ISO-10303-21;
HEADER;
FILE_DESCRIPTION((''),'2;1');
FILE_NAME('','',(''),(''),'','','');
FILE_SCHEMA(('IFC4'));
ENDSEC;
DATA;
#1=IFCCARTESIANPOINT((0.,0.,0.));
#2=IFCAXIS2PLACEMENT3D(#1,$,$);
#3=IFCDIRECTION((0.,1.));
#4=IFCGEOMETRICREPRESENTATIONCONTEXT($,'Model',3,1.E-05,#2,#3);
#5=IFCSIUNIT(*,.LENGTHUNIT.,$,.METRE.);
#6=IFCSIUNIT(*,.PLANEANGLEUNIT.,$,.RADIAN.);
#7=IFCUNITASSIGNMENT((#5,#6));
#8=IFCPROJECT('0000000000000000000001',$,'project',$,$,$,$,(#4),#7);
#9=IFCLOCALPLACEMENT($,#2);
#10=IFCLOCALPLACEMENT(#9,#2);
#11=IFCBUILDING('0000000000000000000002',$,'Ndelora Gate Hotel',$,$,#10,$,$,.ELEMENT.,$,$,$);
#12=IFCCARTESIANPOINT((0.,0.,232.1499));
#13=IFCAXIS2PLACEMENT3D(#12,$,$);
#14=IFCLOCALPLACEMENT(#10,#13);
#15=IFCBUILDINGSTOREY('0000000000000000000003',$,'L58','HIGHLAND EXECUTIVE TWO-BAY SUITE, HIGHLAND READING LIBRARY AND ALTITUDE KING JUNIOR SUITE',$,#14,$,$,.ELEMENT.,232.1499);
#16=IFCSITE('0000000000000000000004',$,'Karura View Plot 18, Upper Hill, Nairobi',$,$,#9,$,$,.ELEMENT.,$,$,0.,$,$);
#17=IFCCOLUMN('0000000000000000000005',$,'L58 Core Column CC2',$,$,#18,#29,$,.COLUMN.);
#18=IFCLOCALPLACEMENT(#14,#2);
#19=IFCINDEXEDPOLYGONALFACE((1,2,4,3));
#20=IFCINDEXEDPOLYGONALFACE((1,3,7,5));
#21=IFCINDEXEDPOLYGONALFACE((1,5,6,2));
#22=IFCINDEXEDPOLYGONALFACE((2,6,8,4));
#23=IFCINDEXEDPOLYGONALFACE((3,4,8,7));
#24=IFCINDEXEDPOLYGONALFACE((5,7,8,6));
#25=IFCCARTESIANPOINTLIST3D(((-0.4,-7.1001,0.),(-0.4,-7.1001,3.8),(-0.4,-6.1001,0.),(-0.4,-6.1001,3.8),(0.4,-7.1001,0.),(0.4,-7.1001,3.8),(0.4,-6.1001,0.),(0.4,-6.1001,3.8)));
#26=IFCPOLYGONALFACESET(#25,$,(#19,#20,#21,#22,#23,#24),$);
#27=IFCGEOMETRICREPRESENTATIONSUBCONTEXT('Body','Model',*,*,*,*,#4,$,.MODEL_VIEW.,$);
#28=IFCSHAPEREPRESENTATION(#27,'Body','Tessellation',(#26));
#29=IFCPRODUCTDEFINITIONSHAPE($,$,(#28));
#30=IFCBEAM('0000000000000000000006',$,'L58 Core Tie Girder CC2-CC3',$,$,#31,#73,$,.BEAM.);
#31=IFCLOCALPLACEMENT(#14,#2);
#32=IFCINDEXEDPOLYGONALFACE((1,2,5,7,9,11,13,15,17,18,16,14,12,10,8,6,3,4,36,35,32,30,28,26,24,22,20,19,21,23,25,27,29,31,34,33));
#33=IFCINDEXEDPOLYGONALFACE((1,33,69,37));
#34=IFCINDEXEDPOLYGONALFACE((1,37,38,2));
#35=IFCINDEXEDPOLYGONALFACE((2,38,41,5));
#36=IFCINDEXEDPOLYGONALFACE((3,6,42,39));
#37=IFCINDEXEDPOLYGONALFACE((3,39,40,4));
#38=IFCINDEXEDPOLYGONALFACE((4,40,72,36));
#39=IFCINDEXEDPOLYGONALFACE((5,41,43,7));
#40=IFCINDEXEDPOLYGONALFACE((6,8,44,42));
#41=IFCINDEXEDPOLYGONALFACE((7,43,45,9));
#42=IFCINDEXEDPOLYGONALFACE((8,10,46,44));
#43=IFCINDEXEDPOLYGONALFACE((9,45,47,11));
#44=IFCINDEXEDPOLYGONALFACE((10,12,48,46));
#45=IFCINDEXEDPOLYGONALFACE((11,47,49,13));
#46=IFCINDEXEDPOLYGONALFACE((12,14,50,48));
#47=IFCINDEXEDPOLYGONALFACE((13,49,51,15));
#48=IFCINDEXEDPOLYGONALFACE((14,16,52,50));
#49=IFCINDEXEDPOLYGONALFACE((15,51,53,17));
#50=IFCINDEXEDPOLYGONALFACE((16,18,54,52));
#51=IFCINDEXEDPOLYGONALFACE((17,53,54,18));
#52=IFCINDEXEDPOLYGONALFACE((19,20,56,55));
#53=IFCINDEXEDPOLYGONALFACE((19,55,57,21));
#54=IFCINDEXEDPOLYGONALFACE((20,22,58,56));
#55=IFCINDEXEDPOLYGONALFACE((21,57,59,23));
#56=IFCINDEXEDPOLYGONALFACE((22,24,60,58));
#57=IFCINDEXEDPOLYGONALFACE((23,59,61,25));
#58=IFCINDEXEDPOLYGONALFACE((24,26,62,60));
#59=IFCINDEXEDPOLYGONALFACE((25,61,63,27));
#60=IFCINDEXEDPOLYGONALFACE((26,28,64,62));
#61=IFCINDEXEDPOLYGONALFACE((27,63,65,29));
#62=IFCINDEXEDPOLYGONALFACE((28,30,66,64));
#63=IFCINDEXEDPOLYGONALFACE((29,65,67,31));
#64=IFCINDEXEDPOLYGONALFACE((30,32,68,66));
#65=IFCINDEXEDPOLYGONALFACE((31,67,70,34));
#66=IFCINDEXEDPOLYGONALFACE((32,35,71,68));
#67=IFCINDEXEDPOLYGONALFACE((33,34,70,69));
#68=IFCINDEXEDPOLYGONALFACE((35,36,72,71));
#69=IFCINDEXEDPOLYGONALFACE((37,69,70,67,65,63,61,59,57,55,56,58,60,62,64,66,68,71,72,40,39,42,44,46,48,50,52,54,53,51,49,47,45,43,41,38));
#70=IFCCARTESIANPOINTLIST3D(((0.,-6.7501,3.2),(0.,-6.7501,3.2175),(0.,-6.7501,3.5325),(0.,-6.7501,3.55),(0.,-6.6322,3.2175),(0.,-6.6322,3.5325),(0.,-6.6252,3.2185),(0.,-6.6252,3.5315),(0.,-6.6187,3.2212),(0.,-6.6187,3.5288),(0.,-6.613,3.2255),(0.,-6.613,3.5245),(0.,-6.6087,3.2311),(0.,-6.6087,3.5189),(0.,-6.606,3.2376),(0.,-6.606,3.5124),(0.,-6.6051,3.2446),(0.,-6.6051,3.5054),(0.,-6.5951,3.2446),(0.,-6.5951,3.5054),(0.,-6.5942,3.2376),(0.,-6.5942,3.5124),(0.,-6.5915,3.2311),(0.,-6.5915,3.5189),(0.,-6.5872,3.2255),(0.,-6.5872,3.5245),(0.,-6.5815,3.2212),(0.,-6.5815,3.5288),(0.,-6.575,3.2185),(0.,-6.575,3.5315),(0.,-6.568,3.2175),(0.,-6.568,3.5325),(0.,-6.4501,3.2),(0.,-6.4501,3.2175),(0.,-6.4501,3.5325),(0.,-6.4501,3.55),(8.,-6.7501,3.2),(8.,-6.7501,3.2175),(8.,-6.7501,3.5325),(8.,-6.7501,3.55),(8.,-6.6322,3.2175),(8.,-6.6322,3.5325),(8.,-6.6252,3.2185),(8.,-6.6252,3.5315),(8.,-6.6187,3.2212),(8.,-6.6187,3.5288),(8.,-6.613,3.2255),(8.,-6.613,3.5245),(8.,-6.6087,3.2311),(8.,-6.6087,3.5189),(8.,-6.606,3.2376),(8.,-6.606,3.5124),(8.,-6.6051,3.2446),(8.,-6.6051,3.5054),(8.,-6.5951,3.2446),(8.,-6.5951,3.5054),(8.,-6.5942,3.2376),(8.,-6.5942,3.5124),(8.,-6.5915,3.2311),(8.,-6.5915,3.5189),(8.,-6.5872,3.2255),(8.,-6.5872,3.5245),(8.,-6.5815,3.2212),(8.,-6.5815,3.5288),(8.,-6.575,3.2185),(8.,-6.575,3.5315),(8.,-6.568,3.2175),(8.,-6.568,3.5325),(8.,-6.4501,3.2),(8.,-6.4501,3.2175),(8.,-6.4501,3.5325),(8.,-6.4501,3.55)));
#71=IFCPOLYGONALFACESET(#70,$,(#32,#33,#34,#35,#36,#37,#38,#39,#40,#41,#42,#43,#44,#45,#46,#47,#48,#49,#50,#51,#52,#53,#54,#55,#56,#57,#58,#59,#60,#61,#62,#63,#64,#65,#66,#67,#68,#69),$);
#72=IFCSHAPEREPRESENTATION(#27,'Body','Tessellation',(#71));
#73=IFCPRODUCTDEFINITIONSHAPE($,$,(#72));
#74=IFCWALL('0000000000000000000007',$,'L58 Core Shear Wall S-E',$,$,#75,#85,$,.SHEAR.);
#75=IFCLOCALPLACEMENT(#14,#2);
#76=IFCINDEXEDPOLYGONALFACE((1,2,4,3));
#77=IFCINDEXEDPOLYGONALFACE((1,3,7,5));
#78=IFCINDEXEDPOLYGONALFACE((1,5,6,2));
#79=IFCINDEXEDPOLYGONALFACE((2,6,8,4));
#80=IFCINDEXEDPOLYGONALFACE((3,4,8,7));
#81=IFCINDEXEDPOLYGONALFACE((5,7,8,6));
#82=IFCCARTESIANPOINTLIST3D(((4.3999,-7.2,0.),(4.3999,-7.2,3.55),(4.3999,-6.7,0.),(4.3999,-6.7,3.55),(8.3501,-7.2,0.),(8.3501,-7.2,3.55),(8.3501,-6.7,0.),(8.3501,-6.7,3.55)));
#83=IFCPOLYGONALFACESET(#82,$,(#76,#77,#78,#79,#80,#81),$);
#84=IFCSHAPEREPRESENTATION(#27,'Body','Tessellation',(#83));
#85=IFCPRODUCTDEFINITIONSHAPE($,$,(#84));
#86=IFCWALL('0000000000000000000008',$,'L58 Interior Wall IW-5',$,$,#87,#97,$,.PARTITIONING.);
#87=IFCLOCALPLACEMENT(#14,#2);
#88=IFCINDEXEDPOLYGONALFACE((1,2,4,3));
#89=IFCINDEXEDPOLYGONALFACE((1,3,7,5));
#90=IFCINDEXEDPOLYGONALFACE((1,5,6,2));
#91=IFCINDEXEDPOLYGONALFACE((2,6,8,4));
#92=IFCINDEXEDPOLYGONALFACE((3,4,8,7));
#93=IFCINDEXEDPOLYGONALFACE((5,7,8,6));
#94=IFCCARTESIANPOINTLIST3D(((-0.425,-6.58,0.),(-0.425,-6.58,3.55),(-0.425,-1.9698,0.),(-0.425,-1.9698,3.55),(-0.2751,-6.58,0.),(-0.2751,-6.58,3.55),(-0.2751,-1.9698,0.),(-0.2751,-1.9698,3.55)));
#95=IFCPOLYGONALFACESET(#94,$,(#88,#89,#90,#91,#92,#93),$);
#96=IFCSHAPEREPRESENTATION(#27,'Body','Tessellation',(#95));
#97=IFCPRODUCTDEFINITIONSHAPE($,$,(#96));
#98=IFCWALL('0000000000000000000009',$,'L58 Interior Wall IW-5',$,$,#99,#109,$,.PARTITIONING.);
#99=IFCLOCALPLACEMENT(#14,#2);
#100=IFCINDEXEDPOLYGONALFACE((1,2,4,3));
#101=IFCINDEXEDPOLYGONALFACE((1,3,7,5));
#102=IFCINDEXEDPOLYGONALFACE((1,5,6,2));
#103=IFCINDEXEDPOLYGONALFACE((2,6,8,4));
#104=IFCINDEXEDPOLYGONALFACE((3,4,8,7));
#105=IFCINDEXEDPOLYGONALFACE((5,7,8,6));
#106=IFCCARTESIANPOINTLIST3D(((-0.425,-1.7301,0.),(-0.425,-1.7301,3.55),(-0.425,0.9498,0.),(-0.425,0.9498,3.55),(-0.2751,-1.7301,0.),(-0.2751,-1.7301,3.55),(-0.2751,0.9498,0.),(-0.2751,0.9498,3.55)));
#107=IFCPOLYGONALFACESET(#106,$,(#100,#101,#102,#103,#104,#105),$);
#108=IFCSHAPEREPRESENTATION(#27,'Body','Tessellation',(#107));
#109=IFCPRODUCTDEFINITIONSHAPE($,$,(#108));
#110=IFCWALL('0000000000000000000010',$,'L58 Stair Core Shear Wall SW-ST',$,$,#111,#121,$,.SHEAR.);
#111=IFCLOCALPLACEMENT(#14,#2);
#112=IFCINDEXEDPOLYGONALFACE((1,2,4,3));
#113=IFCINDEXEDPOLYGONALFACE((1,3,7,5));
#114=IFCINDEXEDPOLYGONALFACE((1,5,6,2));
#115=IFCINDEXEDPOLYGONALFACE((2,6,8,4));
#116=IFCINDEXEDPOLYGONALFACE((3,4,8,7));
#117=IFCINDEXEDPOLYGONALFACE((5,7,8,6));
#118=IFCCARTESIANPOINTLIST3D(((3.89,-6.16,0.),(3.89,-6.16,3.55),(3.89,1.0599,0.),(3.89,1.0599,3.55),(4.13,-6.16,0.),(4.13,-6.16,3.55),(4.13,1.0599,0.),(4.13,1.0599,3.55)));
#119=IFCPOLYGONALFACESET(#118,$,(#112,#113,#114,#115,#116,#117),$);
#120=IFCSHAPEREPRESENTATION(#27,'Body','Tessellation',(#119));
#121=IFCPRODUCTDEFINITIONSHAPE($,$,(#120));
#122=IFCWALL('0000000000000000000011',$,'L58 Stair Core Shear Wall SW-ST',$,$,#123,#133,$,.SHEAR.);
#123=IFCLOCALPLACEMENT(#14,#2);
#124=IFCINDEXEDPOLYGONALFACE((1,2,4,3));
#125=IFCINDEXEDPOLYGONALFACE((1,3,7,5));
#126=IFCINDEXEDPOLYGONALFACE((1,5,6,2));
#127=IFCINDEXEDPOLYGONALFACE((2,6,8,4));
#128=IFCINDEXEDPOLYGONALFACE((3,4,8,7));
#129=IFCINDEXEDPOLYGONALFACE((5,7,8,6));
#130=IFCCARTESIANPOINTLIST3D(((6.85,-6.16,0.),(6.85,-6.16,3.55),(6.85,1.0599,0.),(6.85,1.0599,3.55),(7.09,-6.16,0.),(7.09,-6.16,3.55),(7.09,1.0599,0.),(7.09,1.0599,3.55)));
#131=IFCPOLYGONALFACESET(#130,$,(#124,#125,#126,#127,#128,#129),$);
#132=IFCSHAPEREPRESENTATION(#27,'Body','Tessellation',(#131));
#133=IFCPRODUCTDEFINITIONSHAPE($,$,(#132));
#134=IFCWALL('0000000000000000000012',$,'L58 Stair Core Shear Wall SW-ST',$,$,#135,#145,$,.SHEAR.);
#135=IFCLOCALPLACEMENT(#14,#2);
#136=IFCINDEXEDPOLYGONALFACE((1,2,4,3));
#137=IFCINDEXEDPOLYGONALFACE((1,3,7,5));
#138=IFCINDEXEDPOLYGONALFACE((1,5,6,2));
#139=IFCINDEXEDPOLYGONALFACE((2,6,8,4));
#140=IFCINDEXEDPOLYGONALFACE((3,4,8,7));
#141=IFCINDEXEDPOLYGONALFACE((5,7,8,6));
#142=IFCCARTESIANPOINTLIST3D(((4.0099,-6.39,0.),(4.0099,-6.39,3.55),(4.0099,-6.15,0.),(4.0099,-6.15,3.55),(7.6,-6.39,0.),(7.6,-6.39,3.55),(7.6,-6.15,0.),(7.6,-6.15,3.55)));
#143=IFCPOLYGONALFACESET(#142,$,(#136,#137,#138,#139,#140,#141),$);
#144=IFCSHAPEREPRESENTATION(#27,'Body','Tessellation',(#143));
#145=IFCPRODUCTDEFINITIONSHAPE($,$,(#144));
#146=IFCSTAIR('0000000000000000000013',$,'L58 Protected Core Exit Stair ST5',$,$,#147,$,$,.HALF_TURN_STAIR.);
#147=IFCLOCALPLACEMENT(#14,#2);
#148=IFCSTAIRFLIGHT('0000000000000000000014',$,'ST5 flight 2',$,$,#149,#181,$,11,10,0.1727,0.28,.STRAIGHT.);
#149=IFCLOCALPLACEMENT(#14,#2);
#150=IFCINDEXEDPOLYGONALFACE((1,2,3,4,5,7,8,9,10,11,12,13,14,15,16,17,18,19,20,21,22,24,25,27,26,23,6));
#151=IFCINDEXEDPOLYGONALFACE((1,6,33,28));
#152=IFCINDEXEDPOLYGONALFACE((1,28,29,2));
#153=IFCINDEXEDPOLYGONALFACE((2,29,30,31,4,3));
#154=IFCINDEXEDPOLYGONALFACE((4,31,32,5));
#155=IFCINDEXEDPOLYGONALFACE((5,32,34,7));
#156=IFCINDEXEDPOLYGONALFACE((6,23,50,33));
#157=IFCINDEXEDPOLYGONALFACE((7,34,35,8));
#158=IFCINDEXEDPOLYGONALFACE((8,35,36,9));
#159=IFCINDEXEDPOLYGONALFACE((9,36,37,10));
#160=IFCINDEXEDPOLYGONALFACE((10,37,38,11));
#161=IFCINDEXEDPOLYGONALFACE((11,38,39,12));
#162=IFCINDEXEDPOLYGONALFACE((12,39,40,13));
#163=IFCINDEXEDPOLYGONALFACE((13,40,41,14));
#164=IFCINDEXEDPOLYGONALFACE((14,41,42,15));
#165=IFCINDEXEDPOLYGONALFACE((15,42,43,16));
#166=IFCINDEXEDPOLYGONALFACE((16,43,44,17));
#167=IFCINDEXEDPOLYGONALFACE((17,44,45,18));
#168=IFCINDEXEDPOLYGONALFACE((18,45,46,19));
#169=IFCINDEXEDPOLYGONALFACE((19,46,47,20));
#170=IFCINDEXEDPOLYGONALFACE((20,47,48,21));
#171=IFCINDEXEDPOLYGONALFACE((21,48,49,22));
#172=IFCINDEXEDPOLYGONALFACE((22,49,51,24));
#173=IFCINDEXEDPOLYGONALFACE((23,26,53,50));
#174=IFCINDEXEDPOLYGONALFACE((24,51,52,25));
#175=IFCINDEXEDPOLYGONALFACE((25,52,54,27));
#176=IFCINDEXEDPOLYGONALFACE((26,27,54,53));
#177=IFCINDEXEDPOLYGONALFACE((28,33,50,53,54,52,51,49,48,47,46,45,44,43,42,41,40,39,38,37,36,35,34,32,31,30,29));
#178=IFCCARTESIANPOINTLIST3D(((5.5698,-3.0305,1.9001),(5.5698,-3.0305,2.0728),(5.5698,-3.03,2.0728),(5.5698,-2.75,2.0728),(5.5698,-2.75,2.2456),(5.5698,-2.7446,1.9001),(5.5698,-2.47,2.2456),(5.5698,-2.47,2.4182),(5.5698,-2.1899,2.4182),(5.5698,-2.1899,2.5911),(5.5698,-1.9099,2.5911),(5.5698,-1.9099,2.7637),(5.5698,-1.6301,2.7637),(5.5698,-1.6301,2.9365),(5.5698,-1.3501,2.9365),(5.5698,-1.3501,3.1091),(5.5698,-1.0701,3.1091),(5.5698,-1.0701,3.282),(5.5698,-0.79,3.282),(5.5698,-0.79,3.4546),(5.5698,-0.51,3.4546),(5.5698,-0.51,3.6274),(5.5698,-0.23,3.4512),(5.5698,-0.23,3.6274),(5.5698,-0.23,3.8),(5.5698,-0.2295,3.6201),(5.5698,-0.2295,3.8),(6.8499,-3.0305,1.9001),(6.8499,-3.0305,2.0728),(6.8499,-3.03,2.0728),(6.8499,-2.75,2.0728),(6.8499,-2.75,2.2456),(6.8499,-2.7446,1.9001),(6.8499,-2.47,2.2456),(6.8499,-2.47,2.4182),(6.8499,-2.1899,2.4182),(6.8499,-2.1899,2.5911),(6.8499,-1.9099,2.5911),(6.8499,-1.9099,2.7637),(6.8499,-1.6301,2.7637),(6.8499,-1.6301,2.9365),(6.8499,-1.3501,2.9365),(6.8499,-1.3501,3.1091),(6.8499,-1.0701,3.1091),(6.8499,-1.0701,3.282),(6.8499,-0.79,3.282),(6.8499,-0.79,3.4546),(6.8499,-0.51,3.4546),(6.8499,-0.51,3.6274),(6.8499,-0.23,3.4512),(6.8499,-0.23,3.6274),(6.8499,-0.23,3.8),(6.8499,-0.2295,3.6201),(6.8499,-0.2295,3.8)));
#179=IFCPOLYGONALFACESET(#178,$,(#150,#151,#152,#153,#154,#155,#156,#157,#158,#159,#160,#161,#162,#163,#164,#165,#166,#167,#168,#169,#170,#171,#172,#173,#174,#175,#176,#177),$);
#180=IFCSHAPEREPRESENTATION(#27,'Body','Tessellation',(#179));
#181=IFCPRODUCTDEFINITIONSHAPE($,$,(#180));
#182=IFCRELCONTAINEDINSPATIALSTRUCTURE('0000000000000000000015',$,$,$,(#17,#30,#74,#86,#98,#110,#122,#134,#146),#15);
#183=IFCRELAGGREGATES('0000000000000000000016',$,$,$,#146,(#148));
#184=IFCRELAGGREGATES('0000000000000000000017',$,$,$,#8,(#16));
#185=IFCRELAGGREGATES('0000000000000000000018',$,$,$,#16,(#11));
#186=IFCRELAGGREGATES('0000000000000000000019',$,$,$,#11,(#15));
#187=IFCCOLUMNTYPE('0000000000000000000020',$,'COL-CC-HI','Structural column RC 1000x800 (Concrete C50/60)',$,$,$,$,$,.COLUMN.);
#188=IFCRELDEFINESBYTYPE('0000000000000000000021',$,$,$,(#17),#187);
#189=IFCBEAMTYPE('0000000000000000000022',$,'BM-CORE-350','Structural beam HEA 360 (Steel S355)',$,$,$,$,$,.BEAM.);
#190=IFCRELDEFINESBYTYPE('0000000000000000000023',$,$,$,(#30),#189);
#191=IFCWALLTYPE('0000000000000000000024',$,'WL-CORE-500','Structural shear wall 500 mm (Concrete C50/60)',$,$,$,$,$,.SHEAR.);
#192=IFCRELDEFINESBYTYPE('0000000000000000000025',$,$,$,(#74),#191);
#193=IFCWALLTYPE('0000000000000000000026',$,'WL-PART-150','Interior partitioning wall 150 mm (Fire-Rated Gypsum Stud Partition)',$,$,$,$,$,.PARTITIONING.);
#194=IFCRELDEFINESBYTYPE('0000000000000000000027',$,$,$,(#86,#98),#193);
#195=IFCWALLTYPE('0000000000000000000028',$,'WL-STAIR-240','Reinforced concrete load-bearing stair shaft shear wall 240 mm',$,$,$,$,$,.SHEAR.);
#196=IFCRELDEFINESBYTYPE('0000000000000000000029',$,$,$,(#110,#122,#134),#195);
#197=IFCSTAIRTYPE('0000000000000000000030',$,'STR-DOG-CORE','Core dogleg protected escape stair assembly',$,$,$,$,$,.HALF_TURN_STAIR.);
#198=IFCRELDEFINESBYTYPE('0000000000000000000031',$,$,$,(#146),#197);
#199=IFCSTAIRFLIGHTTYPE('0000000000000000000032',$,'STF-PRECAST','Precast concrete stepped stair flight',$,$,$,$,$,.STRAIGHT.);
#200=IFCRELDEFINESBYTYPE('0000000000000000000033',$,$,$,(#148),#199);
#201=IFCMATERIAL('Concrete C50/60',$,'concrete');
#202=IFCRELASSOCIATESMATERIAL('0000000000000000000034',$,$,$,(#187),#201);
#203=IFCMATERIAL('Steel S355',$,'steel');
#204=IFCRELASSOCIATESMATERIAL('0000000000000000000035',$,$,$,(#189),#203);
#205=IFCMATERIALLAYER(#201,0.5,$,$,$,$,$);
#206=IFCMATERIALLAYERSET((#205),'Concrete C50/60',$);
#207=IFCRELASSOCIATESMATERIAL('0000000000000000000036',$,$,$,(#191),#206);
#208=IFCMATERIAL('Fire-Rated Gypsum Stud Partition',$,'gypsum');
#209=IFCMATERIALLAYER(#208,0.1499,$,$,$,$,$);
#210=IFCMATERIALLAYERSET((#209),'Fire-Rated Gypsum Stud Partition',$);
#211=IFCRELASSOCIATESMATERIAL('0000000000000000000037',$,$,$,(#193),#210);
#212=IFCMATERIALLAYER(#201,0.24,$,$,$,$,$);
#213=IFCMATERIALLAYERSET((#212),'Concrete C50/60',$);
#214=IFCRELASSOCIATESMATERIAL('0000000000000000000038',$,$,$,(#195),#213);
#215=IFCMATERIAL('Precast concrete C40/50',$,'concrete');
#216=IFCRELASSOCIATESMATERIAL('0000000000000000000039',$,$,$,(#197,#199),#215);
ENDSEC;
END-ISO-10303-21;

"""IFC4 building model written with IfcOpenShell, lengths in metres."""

from ifc_helpers import new_model, si_unit, direction, frame, frame_2d, origin, origin_2d, place, context, subcontext, project, spatial, polyline, rectangle, i_section, outline, extrude, material, layer, layer_set, material_profile, profile_set, type_object, element, aggregate, save


model = new_model("IFC4")

# Units and contexts
model_context = context("Model", 3, precision=1e-05, world=origin(), true_north=direction((0.0, 1.0)))
body_context = subcontext(model_context, "Body", "Model", "MODEL_VIEW")
ifc_project = project(units=[si_unit("LENGTHUNIT", "METRE"), si_unit("PLANEANGLEUNIT", "RADIAN")], contexts=[model_context])

# Site, building, storey
site_placement = place(None, origin())
site = spatial("IfcSite", under=ifc_project, at=site_placement, Name="Karura View Plot 18, Upper Hill, Nairobi", CompositionType="ELEMENT", RefElevation=0.0)
building_placement = place(site_placement, origin())
building = spatial("IfcBuilding", under=site, at=building_placement, Name="Ndelora Gate Hotel", CompositionType="ELEMENT")
storey_placement = place(building_placement, frame((0.0, 0.0, 232.1499)))
storey = spatial("IfcBuildingStorey", under=building, at=storey_placement, Name="L58", Description="HIGHLAND EXECUTIVE TWO-BAY SUITE, HIGHLAND READING LIBRARY AND ALTITUDE KING JUNIOR SUITE", CompositionType="ELEMENT", Elevation=232.1499)

# Column
ifc_material_1 = material(Name="Concrete C50/60", Category="concrete")
ifc_material_profile_1 = material_profile(ifc_material_1, rectangle(XDim=0.8, YDim=1.0, at=origin_2d()), Name="RC 1000x800")
ifc_profile_set_1 = profile_set([ifc_material_profile_1], Name="Concrete C50/60")
column_type = type_object("IfcColumnType", Name="COL-CC-HI", Description="Structural column RC 1000x800 (Concrete C50/60)", PredefinedType="COLUMN", material=ifc_profile_set_1)
column_placement = place(storey_placement, frame((0.0, -6.6001, 0.0), z_axis=(0.0, 0.0, 1.0), x_axis=(1.0, 0.0, 0.0)))
element("IfcColumn", 1, at=column_placement, inside=storey, type_object=column_type, Name="L58 Core Column CC2", PredefinedType="COLUMN", context=body_context, shape_type="SweptSolid", body=[
    extrude(rectangle(XDim=0.8, YDim=1.0, at=origin_2d()), origin(), (0.0, 0.0, 1.0), 3.8),
])

# Beam
ifc_material_2 = material(Name="Steel S355", Category="steel")
ifc_material_profile_2 = material_profile(ifc_material_2, i_section(OverallWidth=0.3, OverallDepth=0.3501, WebThickness=0.01, FlangeThickness=0.0176, FilletRadius=0.0271, at=origin_2d()), Name="HEA 360")
ifc_profile_set_2 = profile_set([ifc_material_profile_2], Name="Steel S355")
beam_type = type_object("IfcBeamType", Name="BM-CORE-350", Description="Structural beam HEA 360 (Steel S355)", PredefinedType="BEAM", material=ifc_profile_set_2)
beam_placement = place(storey_placement, frame((0.0, -6.6001, 3.375), z_axis=(1.0, 0.0, 0.0), x_axis=(0.0, 1.0, 0.0)))
element("IfcBeam", 2, at=beam_placement, inside=storey, type_object=beam_type, Name="L58 Core Tie Girder CC2-CC3", PredefinedType="BEAM", context=body_context, shape_type="SweptSolid", body=[
    extrude(i_section(OverallWidth=0.3, OverallDepth=0.3501, WebThickness=0.01, FlangeThickness=0.0176, FilletRadius=0.0271, at=origin_2d()), origin(), (0.0, 0.0, 1.0), 8.0),
])

# Walls
ifc_layer_1 = layer(ifc_material_1, 0.5)
ifc_layer_set_1 = layer_set([ifc_layer_1], Name="Concrete C50/60")
wall_type_1 = type_object("IfcWallType", Name="WL-CORE-500", Description="Structural shear wall 500 mm (Concrete C50/60)", PredefinedType="SHEAR", material=ifc_layer_set_1)
wall_1_placement = place(storey_placement, frame((4.3999, -6.95, 0.0), z_axis=(0.0, 0.0, 1.0), x_axis=(1.0, 0.0, 0.0)))
element("IfcWall", 3, at=wall_1_placement, inside=storey, type_object=wall_type_1, Name="L58 Core Shear Wall S-E", PredefinedType="SHEAR", context=body_context, shape_type="SweptSolid", body=[
    extrude(rectangle(XDim=3.9502, YDim=0.5, at=frame_2d((1.9751, 0.0))), origin(), (0.0, 0.0, 1.0), 3.55),
])
ifc_material_3 = material(Name="Fire-Rated Gypsum Stud Partition", Category="gypsum")
ifc_layer_2 = layer(ifc_material_3, 0.1499)
ifc_layer_set_2 = layer_set([ifc_layer_2], Name="Fire-Rated Gypsum Stud Partition")
wall_type_2 = type_object("IfcWallType", Name="WL-PART-150", Description="Interior partitioning wall 150 mm (Fire-Rated Gypsum Stud Partition)", PredefinedType="PARTITIONING", material=ifc_layer_set_2)
wall_2_placement = place(storey_placement, frame((-0.3501, -6.5801, 0.0), z_axis=(0.0, 0.0, 1.0), x_axis=(0.0, 1.0, 0.0)))
element("IfcWall", 4, at=wall_2_placement, inside=storey, type_object=wall_type_2, Name="L58 Interior Wall IW-5", PredefinedType="PARTITIONING", context=body_context, shape_type="SweptSolid", body=[
    extrude(rectangle(XDim=4.6101, YDim=0.1499, at=frame_2d((2.3052, 0.0))), origin(), (0.0, 0.0, 1.0), 3.55),
])
wall_3_placement = place(storey_placement, frame((-0.3501, -1.73, 0.0), z_axis=(0.0, 0.0, 1.0), x_axis=(0.0, 1.0, 0.0)))
element("IfcWall", 5, at=wall_3_placement, inside=storey, type_object=wall_type_2, Name="L58 Interior Wall IW-5", PredefinedType="PARTITIONING", context=body_context, shape_type="SweptSolid", body=[
    extrude(rectangle(XDim=2.6799, YDim=0.1499, at=frame_2d((1.3398, 0.0))), origin(), (0.0, 0.0, 1.0), 3.55),
])
ifc_layer_3 = layer(ifc_material_1, 0.24)
ifc_layer_set_3 = layer_set([ifc_layer_3], Name="Concrete C50/60")
wall_type_3 = type_object("IfcWallType", Name="WL-STAIR-240", Description="Reinforced concrete load-bearing stair shaft shear wall 240 mm", PredefinedType="SHEAR", material=ifc_layer_set_3)
for number, where, z_axis, x_axis, name in (
    (6, (4.01, -6.1599, 0.0), (0.0, 0.0, 1.0), (0.0, 1.0, 0.0), "L58 Stair Core Shear Wall SW-ST"),
    (7, (6.97, -6.1599, 0.0), (0.0, 0.0, 1.0), (0.0, 1.0, 0.0), "L58 Stair Core Shear Wall SW-ST"),
):
    element("IfcWall", number, at=place(storey_placement, frame(where, z_axis=z_axis, x_axis=x_axis)), inside=storey, type_object=wall_type_3, Name=name, PredefinedType="SHEAR", context=body_context, shape_type="SweptSolid", body=[
        extrude(rectangle(XDim=7.22, YDim=0.24, at=frame_2d((3.6099, 0.0))), origin(), (0.0, 0.0, 1.0), 3.55),
    ])
wall_4_placement = place(storey_placement, frame((4.01, -6.27, 0.0), z_axis=(0.0, 0.0, 1.0), x_axis=(1.0, 0.0, 0.0)))
element("IfcWall", 8, at=wall_4_placement, inside=storey, type_object=wall_type_3, Name="L58 Stair Core Shear Wall SW-ST", PredefinedType="SHEAR", context=body_context, shape_type="SweptSolid", body=[
    extrude(rectangle(XDim=3.5901, YDim=0.24, at=frame_2d((1.7949, 0.0))), origin(), (0.0, 0.0, 1.0), 3.55),
])

# Stair, stair flight
ifc_material_4 = material(Name="Precast concrete C40/50", Category="concrete")
stair_type = type_object("IfcStairType", Name="STR-DOG-CORE", Description="Core dogleg protected escape stair assembly", PredefinedType="HALF_TURN_STAIR", material=ifc_material_4)
stair_placement = place(storey_placement, origin())
stair = element("IfcStair", 9, at=stair_placement, inside=storey, type_object=stair_type, Name="L58 Protected Core Exit Stair ST5", PredefinedType="HALF_TURN_STAIR")
stair_flight_type = type_object("IfcStairFlightType", Name="STF-PRECAST", Description="Precast concrete stepped stair flight", PredefinedType="STRAIGHT", material=ifc_material_4)
stair_flight_placement = place(storey_placement, frame((6.21, -3.03, 1.9001), z_axis=(0.0, 0.0, 1.0), x_axis=(0.0, 1.0, 0.0)))
stair_flight = element("IfcStairFlight", 10, at=stair_flight_placement, type_object=stair_flight_type, Name="ST5 flight 2", NumberOfRisers=11, NumberOfTreads=10, PredefinedType="STRAIGHT", RiserHeight=0.1727, TreadLength=0.28, context=body_context, shape_type="SweptSolid", body=[
    extrude(outline(polyline([(-0.0005, 0.0), (-0.0005, 0.1726), (0.0, 0.1726), (0.28, 0.1726), (0.28, 0.3455), (0.5601, 0.3455), (0.5601, 0.5181), (0.8401, 0.5181), (0.8401, 0.6909), (1.1201, 0.6909), (1.1201, 0.8635), (1.3999, 0.8635), (1.3999, 1.0364), (1.6799, 1.0364), (1.6799, 1.209), (1.96, 1.209), (1.96, 1.3818), (2.24, 1.3818), (2.24, 1.5544), (2.52, 1.5544), (2.52, 1.7273), (2.8, 1.7273), (2.8, 1.8999), (2.8005, 1.8999), (2.8005, 1.72), (2.8, 1.551), (0.2854, 0.0), (-0.0005, 0.0)])), frame((0.0, 0.6401, 0.0), z_axis=(0.0, -1.0, 0.0), x_axis=(1.0, 0.0, 0.0)), (0.0, 0.0, 1.0), 1.28),
])
aggregate(stair, [stair_flight])

save(model, "model.ifc")
